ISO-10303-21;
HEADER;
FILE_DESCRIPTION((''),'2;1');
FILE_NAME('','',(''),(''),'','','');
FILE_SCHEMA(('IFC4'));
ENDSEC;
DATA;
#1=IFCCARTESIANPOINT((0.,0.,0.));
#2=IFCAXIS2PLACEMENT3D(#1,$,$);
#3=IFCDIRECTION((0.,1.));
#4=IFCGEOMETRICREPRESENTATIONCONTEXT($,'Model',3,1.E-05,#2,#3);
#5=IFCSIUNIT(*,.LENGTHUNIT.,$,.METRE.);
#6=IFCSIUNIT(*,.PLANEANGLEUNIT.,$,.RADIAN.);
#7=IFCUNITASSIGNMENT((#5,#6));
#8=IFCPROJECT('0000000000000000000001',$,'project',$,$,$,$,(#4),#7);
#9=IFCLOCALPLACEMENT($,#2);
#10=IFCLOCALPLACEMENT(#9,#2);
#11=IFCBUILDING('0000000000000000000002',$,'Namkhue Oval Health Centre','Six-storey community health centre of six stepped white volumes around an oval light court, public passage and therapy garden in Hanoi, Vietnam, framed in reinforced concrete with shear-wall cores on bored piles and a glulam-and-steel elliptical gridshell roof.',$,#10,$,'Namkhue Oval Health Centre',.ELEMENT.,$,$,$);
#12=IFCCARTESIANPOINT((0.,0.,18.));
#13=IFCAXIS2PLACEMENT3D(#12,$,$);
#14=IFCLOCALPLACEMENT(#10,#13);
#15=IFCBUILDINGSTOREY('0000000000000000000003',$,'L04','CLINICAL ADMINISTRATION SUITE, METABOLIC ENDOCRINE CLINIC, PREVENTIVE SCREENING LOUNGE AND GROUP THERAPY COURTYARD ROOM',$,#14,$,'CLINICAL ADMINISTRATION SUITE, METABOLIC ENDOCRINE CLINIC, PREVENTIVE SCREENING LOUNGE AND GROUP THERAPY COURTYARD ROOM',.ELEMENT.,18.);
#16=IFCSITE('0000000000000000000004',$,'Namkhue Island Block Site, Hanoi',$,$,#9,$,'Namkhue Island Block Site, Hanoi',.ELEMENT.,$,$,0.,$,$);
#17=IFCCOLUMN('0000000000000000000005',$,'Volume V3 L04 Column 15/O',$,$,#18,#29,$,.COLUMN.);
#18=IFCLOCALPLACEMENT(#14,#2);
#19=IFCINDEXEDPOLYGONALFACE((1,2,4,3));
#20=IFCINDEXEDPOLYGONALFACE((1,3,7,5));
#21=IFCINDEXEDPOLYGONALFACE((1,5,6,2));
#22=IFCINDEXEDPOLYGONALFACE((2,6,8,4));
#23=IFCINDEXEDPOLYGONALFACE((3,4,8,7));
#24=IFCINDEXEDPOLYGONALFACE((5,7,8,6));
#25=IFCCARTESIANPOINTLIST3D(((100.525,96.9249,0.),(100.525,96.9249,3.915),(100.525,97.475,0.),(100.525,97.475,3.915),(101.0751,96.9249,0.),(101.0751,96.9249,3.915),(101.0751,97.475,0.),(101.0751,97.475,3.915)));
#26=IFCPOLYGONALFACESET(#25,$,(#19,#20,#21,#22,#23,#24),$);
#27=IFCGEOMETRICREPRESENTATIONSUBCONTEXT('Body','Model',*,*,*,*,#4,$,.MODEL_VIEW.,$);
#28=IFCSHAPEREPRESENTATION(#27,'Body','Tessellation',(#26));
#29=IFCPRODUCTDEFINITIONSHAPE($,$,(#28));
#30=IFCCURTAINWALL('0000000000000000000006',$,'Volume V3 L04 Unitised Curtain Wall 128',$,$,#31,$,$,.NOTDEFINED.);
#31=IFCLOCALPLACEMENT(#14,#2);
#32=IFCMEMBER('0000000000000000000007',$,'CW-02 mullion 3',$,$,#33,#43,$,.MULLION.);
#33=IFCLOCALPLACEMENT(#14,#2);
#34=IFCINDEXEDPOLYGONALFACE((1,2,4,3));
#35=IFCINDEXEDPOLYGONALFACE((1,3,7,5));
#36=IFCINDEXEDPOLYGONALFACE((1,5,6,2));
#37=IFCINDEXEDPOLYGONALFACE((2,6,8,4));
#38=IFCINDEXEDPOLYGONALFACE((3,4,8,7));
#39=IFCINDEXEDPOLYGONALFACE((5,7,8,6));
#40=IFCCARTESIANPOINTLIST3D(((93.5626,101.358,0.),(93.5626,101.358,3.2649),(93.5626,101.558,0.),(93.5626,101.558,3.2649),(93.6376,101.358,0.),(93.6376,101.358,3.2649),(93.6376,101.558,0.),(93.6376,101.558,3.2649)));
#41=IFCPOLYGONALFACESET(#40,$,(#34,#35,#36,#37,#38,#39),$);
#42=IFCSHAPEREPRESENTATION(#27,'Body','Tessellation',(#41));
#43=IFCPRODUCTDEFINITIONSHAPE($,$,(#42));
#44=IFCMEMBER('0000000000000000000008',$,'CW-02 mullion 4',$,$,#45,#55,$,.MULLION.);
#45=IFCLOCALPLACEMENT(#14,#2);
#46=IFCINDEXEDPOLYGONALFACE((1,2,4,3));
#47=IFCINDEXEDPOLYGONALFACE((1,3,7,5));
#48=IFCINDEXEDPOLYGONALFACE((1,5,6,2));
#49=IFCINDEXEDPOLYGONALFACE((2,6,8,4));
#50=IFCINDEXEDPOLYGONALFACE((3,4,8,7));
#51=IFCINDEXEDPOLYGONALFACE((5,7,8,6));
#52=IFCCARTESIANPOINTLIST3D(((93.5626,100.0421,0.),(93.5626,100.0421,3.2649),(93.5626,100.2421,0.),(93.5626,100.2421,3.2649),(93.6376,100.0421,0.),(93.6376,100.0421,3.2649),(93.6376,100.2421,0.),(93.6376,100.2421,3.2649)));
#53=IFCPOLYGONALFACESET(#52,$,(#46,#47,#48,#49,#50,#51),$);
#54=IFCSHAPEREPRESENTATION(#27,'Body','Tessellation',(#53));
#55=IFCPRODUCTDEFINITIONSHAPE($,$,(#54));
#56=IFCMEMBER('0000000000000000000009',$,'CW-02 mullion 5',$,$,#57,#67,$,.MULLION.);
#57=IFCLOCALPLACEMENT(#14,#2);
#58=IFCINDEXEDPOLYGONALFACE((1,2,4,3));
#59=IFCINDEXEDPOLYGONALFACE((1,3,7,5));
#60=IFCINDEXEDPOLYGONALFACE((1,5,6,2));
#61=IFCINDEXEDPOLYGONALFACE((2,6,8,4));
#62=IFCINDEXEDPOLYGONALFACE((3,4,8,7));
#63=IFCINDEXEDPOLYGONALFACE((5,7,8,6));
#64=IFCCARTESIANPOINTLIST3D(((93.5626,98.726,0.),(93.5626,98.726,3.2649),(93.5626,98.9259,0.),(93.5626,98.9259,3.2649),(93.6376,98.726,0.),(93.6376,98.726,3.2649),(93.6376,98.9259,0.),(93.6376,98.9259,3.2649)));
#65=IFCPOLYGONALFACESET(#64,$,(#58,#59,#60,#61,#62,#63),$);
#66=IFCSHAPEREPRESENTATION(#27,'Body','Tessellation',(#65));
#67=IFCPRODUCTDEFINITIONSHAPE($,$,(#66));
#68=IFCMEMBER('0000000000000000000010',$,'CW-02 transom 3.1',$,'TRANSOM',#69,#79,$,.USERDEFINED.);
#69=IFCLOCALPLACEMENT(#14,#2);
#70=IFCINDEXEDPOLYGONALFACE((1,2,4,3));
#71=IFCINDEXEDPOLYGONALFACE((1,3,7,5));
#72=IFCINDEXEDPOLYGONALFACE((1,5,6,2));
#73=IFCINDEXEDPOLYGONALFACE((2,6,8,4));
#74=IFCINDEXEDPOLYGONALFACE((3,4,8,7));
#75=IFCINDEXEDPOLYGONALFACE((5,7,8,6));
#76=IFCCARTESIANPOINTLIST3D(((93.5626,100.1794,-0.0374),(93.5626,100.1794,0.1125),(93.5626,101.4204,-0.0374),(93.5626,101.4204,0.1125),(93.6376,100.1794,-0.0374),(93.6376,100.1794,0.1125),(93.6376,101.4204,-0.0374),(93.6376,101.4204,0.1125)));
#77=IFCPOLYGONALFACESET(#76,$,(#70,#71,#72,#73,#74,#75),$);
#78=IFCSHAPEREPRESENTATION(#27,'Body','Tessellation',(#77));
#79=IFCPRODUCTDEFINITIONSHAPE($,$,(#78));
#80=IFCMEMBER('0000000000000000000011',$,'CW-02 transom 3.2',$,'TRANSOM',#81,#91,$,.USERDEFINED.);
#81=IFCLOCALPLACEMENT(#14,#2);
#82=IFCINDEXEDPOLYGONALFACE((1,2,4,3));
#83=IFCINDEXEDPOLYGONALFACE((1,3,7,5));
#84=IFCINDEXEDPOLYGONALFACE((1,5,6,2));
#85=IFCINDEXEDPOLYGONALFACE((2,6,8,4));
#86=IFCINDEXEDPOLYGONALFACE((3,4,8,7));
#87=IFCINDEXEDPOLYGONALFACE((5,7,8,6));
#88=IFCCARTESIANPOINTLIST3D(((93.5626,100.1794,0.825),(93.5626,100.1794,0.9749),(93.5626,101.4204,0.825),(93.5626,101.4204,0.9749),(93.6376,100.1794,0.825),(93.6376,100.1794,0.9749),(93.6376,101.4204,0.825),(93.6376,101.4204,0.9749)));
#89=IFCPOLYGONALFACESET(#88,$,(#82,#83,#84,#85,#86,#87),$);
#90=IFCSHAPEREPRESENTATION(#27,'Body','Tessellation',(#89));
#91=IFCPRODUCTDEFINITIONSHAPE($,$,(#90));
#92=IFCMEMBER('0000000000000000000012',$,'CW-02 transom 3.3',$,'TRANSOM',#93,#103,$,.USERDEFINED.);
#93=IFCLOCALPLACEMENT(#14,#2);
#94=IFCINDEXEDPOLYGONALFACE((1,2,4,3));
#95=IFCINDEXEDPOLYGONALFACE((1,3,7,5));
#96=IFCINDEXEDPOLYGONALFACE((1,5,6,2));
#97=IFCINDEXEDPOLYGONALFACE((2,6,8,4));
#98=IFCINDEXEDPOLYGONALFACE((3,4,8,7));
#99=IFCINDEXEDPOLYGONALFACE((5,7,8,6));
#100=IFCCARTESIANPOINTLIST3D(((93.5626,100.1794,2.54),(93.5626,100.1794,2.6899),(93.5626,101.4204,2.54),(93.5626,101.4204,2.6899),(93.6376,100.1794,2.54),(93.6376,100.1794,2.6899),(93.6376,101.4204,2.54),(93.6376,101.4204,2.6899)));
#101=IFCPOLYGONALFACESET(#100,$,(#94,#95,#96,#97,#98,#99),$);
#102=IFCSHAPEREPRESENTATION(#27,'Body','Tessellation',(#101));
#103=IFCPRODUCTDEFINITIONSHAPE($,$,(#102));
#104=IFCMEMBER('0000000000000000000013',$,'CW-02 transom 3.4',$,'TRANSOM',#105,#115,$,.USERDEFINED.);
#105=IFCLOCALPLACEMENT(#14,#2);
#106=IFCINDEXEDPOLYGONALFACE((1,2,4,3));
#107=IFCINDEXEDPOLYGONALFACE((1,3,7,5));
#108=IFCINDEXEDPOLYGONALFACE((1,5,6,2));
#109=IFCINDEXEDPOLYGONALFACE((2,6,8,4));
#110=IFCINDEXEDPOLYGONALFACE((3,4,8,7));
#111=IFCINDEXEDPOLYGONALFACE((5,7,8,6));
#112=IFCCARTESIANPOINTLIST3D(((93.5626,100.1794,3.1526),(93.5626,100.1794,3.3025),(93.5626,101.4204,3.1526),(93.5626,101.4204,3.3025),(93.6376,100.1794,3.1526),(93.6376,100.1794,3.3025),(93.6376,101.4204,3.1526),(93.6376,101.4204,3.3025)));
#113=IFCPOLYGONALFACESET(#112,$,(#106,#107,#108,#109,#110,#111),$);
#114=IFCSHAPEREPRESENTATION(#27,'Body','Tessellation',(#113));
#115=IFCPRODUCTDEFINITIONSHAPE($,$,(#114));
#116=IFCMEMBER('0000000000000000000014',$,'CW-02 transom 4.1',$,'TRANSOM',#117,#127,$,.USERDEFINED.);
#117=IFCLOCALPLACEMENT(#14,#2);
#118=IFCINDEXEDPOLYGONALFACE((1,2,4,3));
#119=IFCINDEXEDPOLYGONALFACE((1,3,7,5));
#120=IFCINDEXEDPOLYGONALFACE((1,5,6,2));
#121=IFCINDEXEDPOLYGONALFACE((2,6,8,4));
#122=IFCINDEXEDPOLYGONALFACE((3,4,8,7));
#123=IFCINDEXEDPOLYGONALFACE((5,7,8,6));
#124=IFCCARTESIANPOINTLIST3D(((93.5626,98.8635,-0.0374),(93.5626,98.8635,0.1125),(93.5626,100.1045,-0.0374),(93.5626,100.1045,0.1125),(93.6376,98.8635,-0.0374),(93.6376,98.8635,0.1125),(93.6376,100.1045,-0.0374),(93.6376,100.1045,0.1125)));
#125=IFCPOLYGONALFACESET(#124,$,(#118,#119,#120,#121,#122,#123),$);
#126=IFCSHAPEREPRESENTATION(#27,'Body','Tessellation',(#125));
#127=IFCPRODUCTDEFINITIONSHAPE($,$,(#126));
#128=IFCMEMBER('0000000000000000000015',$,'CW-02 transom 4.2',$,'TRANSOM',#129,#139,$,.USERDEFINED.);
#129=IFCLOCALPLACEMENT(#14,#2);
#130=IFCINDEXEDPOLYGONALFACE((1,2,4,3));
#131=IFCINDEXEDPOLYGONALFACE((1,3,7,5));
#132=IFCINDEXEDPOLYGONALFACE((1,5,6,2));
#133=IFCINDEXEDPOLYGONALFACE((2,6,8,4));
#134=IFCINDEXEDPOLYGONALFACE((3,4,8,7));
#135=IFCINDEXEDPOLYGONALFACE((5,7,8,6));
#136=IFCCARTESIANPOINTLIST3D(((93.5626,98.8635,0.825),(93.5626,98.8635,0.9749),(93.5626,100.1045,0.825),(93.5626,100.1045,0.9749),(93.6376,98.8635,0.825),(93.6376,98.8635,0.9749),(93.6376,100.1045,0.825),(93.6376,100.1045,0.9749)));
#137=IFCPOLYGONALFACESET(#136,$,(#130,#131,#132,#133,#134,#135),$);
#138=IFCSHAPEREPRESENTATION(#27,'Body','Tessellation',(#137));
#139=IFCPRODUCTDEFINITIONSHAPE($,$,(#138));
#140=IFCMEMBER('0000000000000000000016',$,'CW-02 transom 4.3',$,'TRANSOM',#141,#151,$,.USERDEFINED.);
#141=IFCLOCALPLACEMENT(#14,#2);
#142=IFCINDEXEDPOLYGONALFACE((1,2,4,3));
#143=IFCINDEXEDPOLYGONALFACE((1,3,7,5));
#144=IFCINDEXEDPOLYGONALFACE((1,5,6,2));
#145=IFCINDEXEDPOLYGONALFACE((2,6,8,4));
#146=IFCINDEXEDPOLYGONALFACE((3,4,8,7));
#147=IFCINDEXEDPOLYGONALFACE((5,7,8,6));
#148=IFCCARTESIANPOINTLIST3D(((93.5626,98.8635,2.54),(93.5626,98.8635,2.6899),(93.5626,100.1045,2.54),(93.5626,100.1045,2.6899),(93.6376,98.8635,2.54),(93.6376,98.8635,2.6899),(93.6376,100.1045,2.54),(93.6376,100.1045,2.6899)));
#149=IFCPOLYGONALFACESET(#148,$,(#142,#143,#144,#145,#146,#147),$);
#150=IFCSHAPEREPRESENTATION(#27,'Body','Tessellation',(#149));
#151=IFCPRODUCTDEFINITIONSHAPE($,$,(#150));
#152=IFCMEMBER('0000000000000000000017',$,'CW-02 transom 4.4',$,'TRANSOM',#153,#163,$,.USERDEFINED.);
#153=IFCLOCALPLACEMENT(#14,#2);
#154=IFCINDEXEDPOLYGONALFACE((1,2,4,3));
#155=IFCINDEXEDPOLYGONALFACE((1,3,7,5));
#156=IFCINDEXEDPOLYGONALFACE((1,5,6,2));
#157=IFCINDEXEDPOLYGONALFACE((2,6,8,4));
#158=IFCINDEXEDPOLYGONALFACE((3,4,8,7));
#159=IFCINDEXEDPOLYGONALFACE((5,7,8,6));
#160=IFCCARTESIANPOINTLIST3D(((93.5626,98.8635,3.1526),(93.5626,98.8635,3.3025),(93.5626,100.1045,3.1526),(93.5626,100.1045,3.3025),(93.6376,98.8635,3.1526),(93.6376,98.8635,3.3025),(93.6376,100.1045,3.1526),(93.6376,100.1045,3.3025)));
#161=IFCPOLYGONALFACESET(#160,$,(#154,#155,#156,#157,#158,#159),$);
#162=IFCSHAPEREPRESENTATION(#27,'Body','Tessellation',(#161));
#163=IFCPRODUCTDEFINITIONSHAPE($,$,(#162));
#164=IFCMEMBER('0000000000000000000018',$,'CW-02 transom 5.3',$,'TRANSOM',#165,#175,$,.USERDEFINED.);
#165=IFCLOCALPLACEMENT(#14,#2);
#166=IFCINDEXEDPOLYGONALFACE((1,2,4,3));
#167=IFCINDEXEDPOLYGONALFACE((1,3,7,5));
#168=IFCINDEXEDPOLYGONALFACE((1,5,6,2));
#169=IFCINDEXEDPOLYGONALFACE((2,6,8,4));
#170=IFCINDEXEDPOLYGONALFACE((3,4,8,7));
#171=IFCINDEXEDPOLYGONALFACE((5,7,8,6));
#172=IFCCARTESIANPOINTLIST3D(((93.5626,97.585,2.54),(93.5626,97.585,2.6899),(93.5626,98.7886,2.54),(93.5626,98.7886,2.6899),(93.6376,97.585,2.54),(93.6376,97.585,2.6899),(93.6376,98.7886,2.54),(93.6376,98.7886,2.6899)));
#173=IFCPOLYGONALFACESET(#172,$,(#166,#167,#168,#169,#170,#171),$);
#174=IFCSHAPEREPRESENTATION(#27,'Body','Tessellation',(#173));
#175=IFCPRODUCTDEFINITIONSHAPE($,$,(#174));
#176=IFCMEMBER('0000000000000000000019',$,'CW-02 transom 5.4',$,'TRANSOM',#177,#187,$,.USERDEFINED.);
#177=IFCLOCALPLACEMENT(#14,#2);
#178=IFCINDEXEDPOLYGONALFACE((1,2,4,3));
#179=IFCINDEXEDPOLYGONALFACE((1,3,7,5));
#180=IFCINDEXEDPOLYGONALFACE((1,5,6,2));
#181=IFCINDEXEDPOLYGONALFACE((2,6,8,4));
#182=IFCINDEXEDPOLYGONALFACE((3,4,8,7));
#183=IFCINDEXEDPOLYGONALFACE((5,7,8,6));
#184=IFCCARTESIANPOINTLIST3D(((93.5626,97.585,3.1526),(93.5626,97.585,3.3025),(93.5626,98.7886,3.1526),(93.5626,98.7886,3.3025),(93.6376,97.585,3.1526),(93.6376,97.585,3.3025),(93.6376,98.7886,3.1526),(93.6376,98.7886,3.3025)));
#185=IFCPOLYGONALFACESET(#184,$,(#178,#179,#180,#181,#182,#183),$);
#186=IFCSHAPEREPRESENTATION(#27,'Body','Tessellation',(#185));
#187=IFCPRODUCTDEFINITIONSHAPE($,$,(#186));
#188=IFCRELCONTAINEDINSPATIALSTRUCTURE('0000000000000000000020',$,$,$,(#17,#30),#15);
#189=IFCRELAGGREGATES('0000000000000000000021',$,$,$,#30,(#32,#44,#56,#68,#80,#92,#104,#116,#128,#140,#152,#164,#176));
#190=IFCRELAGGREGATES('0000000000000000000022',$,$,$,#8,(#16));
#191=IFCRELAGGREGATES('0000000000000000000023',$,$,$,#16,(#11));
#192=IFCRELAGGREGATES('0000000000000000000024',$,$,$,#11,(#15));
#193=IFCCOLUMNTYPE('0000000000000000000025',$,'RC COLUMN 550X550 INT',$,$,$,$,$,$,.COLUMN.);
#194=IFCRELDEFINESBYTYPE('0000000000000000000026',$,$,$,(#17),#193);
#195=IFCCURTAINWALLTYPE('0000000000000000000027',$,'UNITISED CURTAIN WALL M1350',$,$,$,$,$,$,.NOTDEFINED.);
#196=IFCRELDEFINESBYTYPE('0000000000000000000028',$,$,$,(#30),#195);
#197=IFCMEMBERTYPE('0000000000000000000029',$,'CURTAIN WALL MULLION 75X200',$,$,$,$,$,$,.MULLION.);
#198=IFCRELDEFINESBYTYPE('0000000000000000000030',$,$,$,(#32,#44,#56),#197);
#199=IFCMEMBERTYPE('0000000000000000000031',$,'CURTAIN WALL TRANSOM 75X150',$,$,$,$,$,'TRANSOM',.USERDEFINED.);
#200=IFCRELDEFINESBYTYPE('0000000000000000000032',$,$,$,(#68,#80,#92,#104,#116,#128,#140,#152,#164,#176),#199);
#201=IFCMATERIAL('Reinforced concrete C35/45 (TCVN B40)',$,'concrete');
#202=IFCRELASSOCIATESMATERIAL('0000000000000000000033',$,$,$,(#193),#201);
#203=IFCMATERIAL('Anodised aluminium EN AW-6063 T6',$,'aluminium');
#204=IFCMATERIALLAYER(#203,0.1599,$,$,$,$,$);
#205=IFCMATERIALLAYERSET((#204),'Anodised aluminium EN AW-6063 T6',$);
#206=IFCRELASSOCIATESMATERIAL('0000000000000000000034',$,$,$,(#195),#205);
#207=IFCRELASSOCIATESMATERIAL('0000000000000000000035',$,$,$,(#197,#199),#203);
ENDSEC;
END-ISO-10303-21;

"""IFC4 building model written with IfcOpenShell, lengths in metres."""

from ifc_helpers import new_model, si_unit, direction, frame, origin, origin_2d, place, context, subcontext, project, spatial, rectangle, extrude, material, layer, layer_set, material_profile, profile_set, type_object, element, aggregate, save


model = new_model("IFC4")

# Units and contexts
model_context = context("Model", 3, precision=1e-05, world=origin(), true_north=direction((0.0, 1.0)))
body_context = subcontext(model_context, "Body", "Model", "MODEL_VIEW")
ifc_project = project(units=[si_unit("LENGTHUNIT", "METRE"), si_unit("PLANEANGLEUNIT", "RADIAN")], contexts=[model_context])

# Site, building, storey
site_placement = place(None, origin())
site = spatial("IfcSite", under=ifc_project, at=site_placement, Name="Namkhue Island Block Site, Hanoi", LongName="Namkhue Island Block Site, Hanoi", CompositionType="ELEMENT", RefElevation=0.0)
building_placement = place(site_placement, origin())
building = spatial("IfcBuilding", under=site, at=building_placement, Name="Namkhue Oval Health Centre", Description="Six-storey community health centre of six stepped white volumes around an oval light court, public passage and therapy garden in Hanoi, Vietnam, framed in reinforced concrete with shear-wall cores on bored piles and a glulam-and-steel elliptical gridshell roof.", LongName="Namkhue Oval Health Centre", CompositionType="ELEMENT")
storey_placement = place(building_placement, frame((0.0, 0.0, 18.0)))
storey = spatial("IfcBuildingStorey", under=building, at=storey_placement, Name="L04", Description="CLINICAL ADMINISTRATION SUITE, METABOLIC ENDOCRINE CLINIC, PREVENTIVE SCREENING LOUNGE AND GROUP THERAPY COURTYARD ROOM", LongName="CLINICAL ADMINISTRATION SUITE, METABOLIC ENDOCRINE CLINIC, PREVENTIVE SCREENING LOUNGE AND GROUP THERAPY COURTYARD ROOM", CompositionType="ELEMENT", Elevation=18.0)

# Column
ifc_material_1 = material(Name="Reinforced concrete C35/45 (TCVN B40)", Category="concrete")
ifc_material_profile_1 = material_profile(ifc_material_1, rectangle(XDim=0.55, YDim=0.55, at=origin_2d()), Name="RC 550x550")
ifc_profile_set_1 = profile_set([ifc_material_profile_1], Name="Reinforced concrete C35/45 (TCVN B40)")
column_type = type_object("IfcColumnType", Name="RC COLUMN 550X550 INT", PredefinedType="COLUMN", material=ifc_profile_set_1)
column_placement = place(storey_placement, frame((100.8, 97.2, 0.0), z_axis=(0.0, 0.0, 1.0), x_axis=(1.0, 0.0, 0.0)))
element("IfcColumn", 1, at=column_placement, inside=storey, type_object=column_type, Name="Volume V3 L04 Column 15/O", PredefinedType="COLUMN", context=body_context, shape_type="SweptSolid", body=[
    extrude(rectangle(XDim=0.55, YDim=0.55, at=origin_2d()), origin(), (0.0, 0.0, 1.0), 3.915),
])

# Curtain wall, members
ifc_material_2 = material(Name="Anodised aluminium EN AW-6063 T6", Category="aluminium")
ifc_layer_1 = layer(ifc_material_2, 0.1599)
ifc_layer_set_1 = layer_set([ifc_layer_1], Name="Anodised aluminium EN AW-6063 T6")
curtain_wall_type = type_object("IfcCurtainWallType", Name="UNITISED CURTAIN WALL M1350", PredefinedType="NOTDEFINED", material=ifc_layer_set_1)
curtain_wall_placement = place(storey_placement, origin())
curtain_wall = element("IfcCurtainWall", 2, at=curtain_wall_placement, inside=storey, type_object=curtain_wall_type, Name="Volume V3 L04 Unitised Curtain Wall 128", PredefinedType="NOTDEFINED")
ifc_material_profile_2 = material_profile(ifc_material_2, rectangle(XDim=0.075, YDim=0.2, at=origin_2d()), Name="ALU 75x200")
ifc_profile_set_2 = profile_set([ifc_material_profile_2], Name="Anodised aluminium EN AW-6063 T6")
member_type_1 = type_object("IfcMemberType", Name="CURTAIN WALL MULLION 75X200", PredefinedType="MULLION", material=ifc_profile_set_2)
member_1_placement = place(storey_placement, frame((93.6001, 101.458, 0.0), z_axis=(0.0, 0.0, 1.0), x_axis=(1.0, 0.0, 0.0)))
member_1 = element("IfcMember", 3, at=member_1_placement, type_object=member_type_1, Name="CW-02 mullion 3", PredefinedType="MULLION", context=body_context, shape_type="SweptSolid", body=[
    extrude(rectangle(XDim=0.075, YDim=0.2, at=origin_2d()), origin(), (0.0, 0.0, 1.0), 3.2649),
])
member_2_placement = place(storey_placement, frame((93.6001, 100.1421, 0.0), z_axis=(0.0, 0.0, 1.0), x_axis=(1.0, 0.0, 0.0)))
member_2 = element("IfcMember", 4, at=member_2_placement, type_object=member_type_1, Name="CW-02 mullion 4", PredefinedType="MULLION", context=body_context, shape_type="SweptSolid", body=[
    extrude(rectangle(XDim=0.075, YDim=0.2, at=origin_2d()), origin(), (0.0, 0.0, 1.0), 3.2649),
])
member_3_placement = place(storey_placement, frame((93.6001, 98.8259, 0.0), z_axis=(0.0, 0.0, 1.0), x_axis=(1.0, 0.0, 0.0)))
member_3 = element("IfcMember", 5, at=member_3_placement, type_object=member_type_1, Name="CW-02 mullion 5", PredefinedType="MULLION", context=body_context, shape_type="SweptSolid", body=[
    extrude(rectangle(XDim=0.075, YDim=0.2, at=origin_2d()), origin(), (0.0, 0.0, 1.0), 3.2649),
])
ifc_material_profile_3 = material_profile(ifc_material_2, rectangle(XDim=0.075, YDim=0.1499, at=origin_2d()), Name="ALU 75x150")
ifc_profile_set_3 = profile_set([ifc_material_profile_3], Name="Anodised aluminium EN AW-6063 T6")
member_type_2 = type_object("IfcMemberType", Name="CURTAIN WALL TRANSOM 75X150", ElementType="TRANSOM", PredefinedType="USERDEFINED", material=ifc_profile_set_3)
member_4_placement = place(storey_placement, frame((93.6001, 101.4204, 0.0376), z_axis=(0.0, -1.0, 0.0), x_axis=(1.0, 0.0, 0.0)))
member_4 = element("IfcMember", 6, at=member_4_placement, type_object=member_type_2, Name="CW-02 transom 3.1", ObjectType="TRANSOM", PredefinedType="USERDEFINED", context=body_context, shape_type="SweptSolid", body=[
    extrude(rectangle(XDim=0.075, YDim=0.1499, at=origin_2d()), origin(), (0.0, 0.0, 1.0), 1.241),
])
member_5_placement = place(storey_placement, frame((93.6001, 101.4204, 0.8999), z_axis=(0.0, -1.0, 0.0), x_axis=(1.0, 0.0, 0.0)))
member_5 = element("IfcMember", 7, at=member_5_placement, type_object=member_type_2, Name="CW-02 transom 3.2", ObjectType="TRANSOM", PredefinedType="USERDEFINED", context=body_context, shape_type="SweptSolid", body=[
    extrude(rectangle(XDim=0.075, YDim=0.1499, at=origin_2d()), origin(), (0.0, 0.0, 1.0), 1.241),
])
member_6_placement = place(storey_placement, frame((93.6001, 101.4204, 2.615), z_axis=(0.0, -1.0, 0.0), x_axis=(1.0, 0.0, 0.0)))
member_6 = element("IfcMember", 8, at=member_6_placement, type_object=member_type_2, Name="CW-02 transom 3.3", ObjectType="TRANSOM", PredefinedType="USERDEFINED", context=body_context, shape_type="SweptSolid", body=[
    extrude(rectangle(XDim=0.075, YDim=0.1499, at=origin_2d()), origin(), (0.0, 0.0, 1.0), 1.241),
])
member_7_placement = place(storey_placement, frame((93.6001, 101.4204, 3.2275), z_axis=(0.0, -1.0, 0.0), x_axis=(1.0, 0.0, 0.0)))
member_7 = element("IfcMember", 9, at=member_7_placement, type_object=member_type_2, Name="CW-02 transom 3.4", ObjectType="TRANSOM", PredefinedType="USERDEFINED", context=body_context, shape_type="SweptSolid", body=[
    extrude(rectangle(XDim=0.075, YDim=0.1499, at=origin_2d()), origin(), (0.0, 0.0, 1.0), 1.241),
])
member_8_placement = place(storey_placement, frame((93.6001, 100.1045, 0.0376), z_axis=(0.0, -1.0, 0.0), x_axis=(1.0, 0.0, 0.0)))
member_8 = element("IfcMember", 10, at=member_8_placement, type_object=member_type_2, Name="CW-02 transom 4.1", ObjectType="TRANSOM", PredefinedType="USERDEFINED", context=body_context, shape_type="SweptSolid", body=[
    extrude(rectangle(XDim=0.075, YDim=0.1499, at=origin_2d()), origin(), (0.0, 0.0, 1.0), 1.241),
])
member_9_placement = place(storey_placement, frame((93.6001, 100.1045, 0.8999), z_axis=(0.0, -1.0, 0.0), x_axis=(1.0, 0.0, 0.0)))
member_9 = element("IfcMember", 11, at=member_9_placement, type_object=member_type_2, Name="CW-02 transom 4.2", ObjectType="TRANSOM", PredefinedType="USERDEFINED", context=body_context, shape_type="SweptSolid", body=[
    extrude(rectangle(XDim=0.075, YDim=0.1499, at=origin_2d()), origin(), (0.0, 0.0, 1.0), 1.241),
])
member_10_placement = place(storey_placement, frame((93.6001, 100.1045, 2.615), z_axis=(0.0, -1.0, 0.0), x_axis=(1.0, 0.0, 0.0)))
member_10 = element("IfcMember", 12, at=member_10_placement, type_object=member_type_2, Name="CW-02 transom 4.3", ObjectType="TRANSOM", PredefinedType="USERDEFINED", context=body_context, shape_type="SweptSolid", body=[
    extrude(rectangle(XDim=0.075, YDim=0.1499, at=origin_2d()), origin(), (0.0, 0.0, 1.0), 1.241),
])
member_11_placement = place(storey_placement, frame((93.6001, 100.1045, 3.2275), z_axis=(0.0, -1.0, 0.0), x_axis=(1.0, 0.0, 0.0)))
member_11 = element("IfcMember", 13, at=member_11_placement, type_object=member_type_2, Name="CW-02 transom 4.4", ObjectType="TRANSOM", PredefinedType="USERDEFINED", context=body_context, shape_type="SweptSolid", body=[
    extrude(rectangle(XDim=0.075, YDim=0.1499, at=origin_2d()), origin(), (0.0, 0.0, 1.0), 1.241),
])
member_12_placement = place(storey_placement, frame((93.6001, 98.7886, 2.615), z_axis=(0.0, -1.0, 0.0), x_axis=(1.0, 0.0, 0.0)))
member_12 = element("IfcMember", 14, at=member_12_placement, type_object=member_type_2, Name="CW-02 transom 5.3", ObjectType="TRANSOM", PredefinedType="USERDEFINED", context=body_context, shape_type="SweptSolid", body=[
    extrude(rectangle(XDim=0.075, YDim=0.1499, at=origin_2d()), origin(), (0.0, 0.0, 1.0), 1.2036),
])
member_13_placement = place(storey_placement, frame((93.6001, 98.7886, 3.2275), z_axis=(0.0, -1.0, 0.0), x_axis=(1.0, 0.0, 0.0)))
member_13 = element("IfcMember", 15, at=member_13_placement, type_object=member_type_2, Name="CW-02 transom 5.4", ObjectType="TRANSOM", PredefinedType="USERDEFINED", context=body_context, shape_type="SweptSolid", body=[
    extrude(rectangle(XDim=0.075, YDim=0.1499, at=origin_2d()), origin(), (0.0, 0.0, 1.0), 1.2036),
])

aggregate(curtain_wall, [member_1, member_2, member_3, member_4, member_5, member_6, member_7, member_8, member_9, member_10, member_11, member_12, member_13])

save(model, "model.ifc")
